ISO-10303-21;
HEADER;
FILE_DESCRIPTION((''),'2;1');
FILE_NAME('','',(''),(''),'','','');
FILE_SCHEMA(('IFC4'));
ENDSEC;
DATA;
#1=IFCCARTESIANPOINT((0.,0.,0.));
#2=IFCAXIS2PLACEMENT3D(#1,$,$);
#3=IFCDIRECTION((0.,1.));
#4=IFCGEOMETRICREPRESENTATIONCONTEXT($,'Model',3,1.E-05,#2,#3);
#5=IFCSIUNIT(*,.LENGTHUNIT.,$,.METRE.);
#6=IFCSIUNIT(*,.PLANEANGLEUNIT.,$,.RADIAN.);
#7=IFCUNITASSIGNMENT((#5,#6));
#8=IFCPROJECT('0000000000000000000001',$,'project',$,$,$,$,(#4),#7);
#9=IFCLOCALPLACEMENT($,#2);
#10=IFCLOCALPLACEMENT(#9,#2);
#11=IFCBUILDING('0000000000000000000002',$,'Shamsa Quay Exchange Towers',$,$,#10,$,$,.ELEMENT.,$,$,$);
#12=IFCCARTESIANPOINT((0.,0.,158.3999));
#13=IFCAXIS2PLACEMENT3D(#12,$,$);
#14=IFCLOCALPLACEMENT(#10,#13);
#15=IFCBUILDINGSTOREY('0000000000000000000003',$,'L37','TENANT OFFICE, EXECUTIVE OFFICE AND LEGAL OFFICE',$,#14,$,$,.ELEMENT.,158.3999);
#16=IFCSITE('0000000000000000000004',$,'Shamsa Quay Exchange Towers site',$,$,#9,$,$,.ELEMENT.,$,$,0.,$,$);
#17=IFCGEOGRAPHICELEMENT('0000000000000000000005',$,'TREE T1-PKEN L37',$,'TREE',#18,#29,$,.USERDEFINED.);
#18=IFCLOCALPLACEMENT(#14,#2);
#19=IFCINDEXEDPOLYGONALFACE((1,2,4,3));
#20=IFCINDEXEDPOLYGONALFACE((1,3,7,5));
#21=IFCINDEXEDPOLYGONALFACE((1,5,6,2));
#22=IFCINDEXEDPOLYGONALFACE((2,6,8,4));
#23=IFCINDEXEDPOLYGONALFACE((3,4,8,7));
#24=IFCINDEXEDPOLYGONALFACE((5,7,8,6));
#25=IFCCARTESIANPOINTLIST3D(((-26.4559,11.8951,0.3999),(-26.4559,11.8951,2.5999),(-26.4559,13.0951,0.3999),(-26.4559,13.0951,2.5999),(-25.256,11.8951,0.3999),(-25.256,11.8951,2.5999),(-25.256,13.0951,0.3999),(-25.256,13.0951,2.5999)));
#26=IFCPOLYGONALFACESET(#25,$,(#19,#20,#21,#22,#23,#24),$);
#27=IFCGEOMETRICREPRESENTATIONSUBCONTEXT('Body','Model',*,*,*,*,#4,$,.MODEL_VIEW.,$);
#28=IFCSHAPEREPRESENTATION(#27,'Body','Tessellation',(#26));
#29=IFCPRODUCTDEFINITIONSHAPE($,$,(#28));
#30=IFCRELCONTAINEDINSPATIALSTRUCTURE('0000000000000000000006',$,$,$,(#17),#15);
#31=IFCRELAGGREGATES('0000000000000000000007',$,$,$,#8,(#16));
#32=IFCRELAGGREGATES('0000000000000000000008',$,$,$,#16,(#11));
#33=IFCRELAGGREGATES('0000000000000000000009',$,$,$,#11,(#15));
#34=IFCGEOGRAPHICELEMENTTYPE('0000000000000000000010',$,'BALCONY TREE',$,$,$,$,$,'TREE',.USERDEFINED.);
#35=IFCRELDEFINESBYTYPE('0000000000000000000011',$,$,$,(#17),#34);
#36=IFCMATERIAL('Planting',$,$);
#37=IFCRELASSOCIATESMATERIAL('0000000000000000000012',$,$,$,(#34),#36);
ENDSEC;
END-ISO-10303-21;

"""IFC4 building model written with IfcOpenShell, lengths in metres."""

from ifc_helpers import new_model, si_unit, direction, frame, origin, origin_2d, place, context, subcontext, project, spatial, rectangle, extrude, material, type_object, element, save


model = new_model("IFC4")

# Units and contexts
model_context = context("Model", 3, precision=1e-05, world=origin(), true_north=direction((0.0, 1.0)))
body_context = subcontext(model_context, "Body", "Model", "MODEL_VIEW")
ifc_project = project(units=[si_unit("LENGTHUNIT", "METRE"), si_unit("PLANEANGLEUNIT", "RADIAN")], contexts=[model_context])

# Site, building, storey
site_placement = place(None, origin())
site = spatial("IfcSite", under=ifc_project, at=site_placement, Name="Shamsa Quay Exchange Towers site", CompositionType="ELEMENT", RefElevation=0.0)
building_placement = place(site_placement, origin())
building = spatial("IfcBuilding", under=site, at=building_placement, Name="Shamsa Quay Exchange Towers", CompositionType="ELEMENT")
storey_placement = place(building_placement, frame((0.0, 0.0, 158.3999)))
storey = spatial("IfcBuildingStorey", under=building, at=storey_placement, Name="L37", Description="TENANT OFFICE, EXECUTIVE OFFICE AND LEGAL OFFICE", CompositionType="ELEMENT", Elevation=158.3999)

# Geographic element
ifc_material_1 = material(Name="Planting")
geographic_element_type = type_object("IfcGeographicElementType", Name="BALCONY TREE", ElementType="TREE", PredefinedType="USERDEFINED", material=ifc_material_1)
geographic_element_placement = place(storey_placement, frame((-25.856, 12.4951, 0.3999), z_axis=(0.0, 0.0, 1.0), x_axis=(-1.0, 0.0, 0.0)))
element("IfcGeographicElement", 1, at=geographic_element_placement, inside=storey, type_object=geographic_element_type, Name="TREE T1-PKEN L37", ObjectType="TREE", PredefinedType="USERDEFINED", context=body_context, shape_type="SweptSolid", body=[
    extrude(rectangle(XDim=1.2, YDim=1.2, at=origin_2d()), origin(), (0.0, 0.0, 1.0), 2.2),
])

save(model, "model.ifc")
